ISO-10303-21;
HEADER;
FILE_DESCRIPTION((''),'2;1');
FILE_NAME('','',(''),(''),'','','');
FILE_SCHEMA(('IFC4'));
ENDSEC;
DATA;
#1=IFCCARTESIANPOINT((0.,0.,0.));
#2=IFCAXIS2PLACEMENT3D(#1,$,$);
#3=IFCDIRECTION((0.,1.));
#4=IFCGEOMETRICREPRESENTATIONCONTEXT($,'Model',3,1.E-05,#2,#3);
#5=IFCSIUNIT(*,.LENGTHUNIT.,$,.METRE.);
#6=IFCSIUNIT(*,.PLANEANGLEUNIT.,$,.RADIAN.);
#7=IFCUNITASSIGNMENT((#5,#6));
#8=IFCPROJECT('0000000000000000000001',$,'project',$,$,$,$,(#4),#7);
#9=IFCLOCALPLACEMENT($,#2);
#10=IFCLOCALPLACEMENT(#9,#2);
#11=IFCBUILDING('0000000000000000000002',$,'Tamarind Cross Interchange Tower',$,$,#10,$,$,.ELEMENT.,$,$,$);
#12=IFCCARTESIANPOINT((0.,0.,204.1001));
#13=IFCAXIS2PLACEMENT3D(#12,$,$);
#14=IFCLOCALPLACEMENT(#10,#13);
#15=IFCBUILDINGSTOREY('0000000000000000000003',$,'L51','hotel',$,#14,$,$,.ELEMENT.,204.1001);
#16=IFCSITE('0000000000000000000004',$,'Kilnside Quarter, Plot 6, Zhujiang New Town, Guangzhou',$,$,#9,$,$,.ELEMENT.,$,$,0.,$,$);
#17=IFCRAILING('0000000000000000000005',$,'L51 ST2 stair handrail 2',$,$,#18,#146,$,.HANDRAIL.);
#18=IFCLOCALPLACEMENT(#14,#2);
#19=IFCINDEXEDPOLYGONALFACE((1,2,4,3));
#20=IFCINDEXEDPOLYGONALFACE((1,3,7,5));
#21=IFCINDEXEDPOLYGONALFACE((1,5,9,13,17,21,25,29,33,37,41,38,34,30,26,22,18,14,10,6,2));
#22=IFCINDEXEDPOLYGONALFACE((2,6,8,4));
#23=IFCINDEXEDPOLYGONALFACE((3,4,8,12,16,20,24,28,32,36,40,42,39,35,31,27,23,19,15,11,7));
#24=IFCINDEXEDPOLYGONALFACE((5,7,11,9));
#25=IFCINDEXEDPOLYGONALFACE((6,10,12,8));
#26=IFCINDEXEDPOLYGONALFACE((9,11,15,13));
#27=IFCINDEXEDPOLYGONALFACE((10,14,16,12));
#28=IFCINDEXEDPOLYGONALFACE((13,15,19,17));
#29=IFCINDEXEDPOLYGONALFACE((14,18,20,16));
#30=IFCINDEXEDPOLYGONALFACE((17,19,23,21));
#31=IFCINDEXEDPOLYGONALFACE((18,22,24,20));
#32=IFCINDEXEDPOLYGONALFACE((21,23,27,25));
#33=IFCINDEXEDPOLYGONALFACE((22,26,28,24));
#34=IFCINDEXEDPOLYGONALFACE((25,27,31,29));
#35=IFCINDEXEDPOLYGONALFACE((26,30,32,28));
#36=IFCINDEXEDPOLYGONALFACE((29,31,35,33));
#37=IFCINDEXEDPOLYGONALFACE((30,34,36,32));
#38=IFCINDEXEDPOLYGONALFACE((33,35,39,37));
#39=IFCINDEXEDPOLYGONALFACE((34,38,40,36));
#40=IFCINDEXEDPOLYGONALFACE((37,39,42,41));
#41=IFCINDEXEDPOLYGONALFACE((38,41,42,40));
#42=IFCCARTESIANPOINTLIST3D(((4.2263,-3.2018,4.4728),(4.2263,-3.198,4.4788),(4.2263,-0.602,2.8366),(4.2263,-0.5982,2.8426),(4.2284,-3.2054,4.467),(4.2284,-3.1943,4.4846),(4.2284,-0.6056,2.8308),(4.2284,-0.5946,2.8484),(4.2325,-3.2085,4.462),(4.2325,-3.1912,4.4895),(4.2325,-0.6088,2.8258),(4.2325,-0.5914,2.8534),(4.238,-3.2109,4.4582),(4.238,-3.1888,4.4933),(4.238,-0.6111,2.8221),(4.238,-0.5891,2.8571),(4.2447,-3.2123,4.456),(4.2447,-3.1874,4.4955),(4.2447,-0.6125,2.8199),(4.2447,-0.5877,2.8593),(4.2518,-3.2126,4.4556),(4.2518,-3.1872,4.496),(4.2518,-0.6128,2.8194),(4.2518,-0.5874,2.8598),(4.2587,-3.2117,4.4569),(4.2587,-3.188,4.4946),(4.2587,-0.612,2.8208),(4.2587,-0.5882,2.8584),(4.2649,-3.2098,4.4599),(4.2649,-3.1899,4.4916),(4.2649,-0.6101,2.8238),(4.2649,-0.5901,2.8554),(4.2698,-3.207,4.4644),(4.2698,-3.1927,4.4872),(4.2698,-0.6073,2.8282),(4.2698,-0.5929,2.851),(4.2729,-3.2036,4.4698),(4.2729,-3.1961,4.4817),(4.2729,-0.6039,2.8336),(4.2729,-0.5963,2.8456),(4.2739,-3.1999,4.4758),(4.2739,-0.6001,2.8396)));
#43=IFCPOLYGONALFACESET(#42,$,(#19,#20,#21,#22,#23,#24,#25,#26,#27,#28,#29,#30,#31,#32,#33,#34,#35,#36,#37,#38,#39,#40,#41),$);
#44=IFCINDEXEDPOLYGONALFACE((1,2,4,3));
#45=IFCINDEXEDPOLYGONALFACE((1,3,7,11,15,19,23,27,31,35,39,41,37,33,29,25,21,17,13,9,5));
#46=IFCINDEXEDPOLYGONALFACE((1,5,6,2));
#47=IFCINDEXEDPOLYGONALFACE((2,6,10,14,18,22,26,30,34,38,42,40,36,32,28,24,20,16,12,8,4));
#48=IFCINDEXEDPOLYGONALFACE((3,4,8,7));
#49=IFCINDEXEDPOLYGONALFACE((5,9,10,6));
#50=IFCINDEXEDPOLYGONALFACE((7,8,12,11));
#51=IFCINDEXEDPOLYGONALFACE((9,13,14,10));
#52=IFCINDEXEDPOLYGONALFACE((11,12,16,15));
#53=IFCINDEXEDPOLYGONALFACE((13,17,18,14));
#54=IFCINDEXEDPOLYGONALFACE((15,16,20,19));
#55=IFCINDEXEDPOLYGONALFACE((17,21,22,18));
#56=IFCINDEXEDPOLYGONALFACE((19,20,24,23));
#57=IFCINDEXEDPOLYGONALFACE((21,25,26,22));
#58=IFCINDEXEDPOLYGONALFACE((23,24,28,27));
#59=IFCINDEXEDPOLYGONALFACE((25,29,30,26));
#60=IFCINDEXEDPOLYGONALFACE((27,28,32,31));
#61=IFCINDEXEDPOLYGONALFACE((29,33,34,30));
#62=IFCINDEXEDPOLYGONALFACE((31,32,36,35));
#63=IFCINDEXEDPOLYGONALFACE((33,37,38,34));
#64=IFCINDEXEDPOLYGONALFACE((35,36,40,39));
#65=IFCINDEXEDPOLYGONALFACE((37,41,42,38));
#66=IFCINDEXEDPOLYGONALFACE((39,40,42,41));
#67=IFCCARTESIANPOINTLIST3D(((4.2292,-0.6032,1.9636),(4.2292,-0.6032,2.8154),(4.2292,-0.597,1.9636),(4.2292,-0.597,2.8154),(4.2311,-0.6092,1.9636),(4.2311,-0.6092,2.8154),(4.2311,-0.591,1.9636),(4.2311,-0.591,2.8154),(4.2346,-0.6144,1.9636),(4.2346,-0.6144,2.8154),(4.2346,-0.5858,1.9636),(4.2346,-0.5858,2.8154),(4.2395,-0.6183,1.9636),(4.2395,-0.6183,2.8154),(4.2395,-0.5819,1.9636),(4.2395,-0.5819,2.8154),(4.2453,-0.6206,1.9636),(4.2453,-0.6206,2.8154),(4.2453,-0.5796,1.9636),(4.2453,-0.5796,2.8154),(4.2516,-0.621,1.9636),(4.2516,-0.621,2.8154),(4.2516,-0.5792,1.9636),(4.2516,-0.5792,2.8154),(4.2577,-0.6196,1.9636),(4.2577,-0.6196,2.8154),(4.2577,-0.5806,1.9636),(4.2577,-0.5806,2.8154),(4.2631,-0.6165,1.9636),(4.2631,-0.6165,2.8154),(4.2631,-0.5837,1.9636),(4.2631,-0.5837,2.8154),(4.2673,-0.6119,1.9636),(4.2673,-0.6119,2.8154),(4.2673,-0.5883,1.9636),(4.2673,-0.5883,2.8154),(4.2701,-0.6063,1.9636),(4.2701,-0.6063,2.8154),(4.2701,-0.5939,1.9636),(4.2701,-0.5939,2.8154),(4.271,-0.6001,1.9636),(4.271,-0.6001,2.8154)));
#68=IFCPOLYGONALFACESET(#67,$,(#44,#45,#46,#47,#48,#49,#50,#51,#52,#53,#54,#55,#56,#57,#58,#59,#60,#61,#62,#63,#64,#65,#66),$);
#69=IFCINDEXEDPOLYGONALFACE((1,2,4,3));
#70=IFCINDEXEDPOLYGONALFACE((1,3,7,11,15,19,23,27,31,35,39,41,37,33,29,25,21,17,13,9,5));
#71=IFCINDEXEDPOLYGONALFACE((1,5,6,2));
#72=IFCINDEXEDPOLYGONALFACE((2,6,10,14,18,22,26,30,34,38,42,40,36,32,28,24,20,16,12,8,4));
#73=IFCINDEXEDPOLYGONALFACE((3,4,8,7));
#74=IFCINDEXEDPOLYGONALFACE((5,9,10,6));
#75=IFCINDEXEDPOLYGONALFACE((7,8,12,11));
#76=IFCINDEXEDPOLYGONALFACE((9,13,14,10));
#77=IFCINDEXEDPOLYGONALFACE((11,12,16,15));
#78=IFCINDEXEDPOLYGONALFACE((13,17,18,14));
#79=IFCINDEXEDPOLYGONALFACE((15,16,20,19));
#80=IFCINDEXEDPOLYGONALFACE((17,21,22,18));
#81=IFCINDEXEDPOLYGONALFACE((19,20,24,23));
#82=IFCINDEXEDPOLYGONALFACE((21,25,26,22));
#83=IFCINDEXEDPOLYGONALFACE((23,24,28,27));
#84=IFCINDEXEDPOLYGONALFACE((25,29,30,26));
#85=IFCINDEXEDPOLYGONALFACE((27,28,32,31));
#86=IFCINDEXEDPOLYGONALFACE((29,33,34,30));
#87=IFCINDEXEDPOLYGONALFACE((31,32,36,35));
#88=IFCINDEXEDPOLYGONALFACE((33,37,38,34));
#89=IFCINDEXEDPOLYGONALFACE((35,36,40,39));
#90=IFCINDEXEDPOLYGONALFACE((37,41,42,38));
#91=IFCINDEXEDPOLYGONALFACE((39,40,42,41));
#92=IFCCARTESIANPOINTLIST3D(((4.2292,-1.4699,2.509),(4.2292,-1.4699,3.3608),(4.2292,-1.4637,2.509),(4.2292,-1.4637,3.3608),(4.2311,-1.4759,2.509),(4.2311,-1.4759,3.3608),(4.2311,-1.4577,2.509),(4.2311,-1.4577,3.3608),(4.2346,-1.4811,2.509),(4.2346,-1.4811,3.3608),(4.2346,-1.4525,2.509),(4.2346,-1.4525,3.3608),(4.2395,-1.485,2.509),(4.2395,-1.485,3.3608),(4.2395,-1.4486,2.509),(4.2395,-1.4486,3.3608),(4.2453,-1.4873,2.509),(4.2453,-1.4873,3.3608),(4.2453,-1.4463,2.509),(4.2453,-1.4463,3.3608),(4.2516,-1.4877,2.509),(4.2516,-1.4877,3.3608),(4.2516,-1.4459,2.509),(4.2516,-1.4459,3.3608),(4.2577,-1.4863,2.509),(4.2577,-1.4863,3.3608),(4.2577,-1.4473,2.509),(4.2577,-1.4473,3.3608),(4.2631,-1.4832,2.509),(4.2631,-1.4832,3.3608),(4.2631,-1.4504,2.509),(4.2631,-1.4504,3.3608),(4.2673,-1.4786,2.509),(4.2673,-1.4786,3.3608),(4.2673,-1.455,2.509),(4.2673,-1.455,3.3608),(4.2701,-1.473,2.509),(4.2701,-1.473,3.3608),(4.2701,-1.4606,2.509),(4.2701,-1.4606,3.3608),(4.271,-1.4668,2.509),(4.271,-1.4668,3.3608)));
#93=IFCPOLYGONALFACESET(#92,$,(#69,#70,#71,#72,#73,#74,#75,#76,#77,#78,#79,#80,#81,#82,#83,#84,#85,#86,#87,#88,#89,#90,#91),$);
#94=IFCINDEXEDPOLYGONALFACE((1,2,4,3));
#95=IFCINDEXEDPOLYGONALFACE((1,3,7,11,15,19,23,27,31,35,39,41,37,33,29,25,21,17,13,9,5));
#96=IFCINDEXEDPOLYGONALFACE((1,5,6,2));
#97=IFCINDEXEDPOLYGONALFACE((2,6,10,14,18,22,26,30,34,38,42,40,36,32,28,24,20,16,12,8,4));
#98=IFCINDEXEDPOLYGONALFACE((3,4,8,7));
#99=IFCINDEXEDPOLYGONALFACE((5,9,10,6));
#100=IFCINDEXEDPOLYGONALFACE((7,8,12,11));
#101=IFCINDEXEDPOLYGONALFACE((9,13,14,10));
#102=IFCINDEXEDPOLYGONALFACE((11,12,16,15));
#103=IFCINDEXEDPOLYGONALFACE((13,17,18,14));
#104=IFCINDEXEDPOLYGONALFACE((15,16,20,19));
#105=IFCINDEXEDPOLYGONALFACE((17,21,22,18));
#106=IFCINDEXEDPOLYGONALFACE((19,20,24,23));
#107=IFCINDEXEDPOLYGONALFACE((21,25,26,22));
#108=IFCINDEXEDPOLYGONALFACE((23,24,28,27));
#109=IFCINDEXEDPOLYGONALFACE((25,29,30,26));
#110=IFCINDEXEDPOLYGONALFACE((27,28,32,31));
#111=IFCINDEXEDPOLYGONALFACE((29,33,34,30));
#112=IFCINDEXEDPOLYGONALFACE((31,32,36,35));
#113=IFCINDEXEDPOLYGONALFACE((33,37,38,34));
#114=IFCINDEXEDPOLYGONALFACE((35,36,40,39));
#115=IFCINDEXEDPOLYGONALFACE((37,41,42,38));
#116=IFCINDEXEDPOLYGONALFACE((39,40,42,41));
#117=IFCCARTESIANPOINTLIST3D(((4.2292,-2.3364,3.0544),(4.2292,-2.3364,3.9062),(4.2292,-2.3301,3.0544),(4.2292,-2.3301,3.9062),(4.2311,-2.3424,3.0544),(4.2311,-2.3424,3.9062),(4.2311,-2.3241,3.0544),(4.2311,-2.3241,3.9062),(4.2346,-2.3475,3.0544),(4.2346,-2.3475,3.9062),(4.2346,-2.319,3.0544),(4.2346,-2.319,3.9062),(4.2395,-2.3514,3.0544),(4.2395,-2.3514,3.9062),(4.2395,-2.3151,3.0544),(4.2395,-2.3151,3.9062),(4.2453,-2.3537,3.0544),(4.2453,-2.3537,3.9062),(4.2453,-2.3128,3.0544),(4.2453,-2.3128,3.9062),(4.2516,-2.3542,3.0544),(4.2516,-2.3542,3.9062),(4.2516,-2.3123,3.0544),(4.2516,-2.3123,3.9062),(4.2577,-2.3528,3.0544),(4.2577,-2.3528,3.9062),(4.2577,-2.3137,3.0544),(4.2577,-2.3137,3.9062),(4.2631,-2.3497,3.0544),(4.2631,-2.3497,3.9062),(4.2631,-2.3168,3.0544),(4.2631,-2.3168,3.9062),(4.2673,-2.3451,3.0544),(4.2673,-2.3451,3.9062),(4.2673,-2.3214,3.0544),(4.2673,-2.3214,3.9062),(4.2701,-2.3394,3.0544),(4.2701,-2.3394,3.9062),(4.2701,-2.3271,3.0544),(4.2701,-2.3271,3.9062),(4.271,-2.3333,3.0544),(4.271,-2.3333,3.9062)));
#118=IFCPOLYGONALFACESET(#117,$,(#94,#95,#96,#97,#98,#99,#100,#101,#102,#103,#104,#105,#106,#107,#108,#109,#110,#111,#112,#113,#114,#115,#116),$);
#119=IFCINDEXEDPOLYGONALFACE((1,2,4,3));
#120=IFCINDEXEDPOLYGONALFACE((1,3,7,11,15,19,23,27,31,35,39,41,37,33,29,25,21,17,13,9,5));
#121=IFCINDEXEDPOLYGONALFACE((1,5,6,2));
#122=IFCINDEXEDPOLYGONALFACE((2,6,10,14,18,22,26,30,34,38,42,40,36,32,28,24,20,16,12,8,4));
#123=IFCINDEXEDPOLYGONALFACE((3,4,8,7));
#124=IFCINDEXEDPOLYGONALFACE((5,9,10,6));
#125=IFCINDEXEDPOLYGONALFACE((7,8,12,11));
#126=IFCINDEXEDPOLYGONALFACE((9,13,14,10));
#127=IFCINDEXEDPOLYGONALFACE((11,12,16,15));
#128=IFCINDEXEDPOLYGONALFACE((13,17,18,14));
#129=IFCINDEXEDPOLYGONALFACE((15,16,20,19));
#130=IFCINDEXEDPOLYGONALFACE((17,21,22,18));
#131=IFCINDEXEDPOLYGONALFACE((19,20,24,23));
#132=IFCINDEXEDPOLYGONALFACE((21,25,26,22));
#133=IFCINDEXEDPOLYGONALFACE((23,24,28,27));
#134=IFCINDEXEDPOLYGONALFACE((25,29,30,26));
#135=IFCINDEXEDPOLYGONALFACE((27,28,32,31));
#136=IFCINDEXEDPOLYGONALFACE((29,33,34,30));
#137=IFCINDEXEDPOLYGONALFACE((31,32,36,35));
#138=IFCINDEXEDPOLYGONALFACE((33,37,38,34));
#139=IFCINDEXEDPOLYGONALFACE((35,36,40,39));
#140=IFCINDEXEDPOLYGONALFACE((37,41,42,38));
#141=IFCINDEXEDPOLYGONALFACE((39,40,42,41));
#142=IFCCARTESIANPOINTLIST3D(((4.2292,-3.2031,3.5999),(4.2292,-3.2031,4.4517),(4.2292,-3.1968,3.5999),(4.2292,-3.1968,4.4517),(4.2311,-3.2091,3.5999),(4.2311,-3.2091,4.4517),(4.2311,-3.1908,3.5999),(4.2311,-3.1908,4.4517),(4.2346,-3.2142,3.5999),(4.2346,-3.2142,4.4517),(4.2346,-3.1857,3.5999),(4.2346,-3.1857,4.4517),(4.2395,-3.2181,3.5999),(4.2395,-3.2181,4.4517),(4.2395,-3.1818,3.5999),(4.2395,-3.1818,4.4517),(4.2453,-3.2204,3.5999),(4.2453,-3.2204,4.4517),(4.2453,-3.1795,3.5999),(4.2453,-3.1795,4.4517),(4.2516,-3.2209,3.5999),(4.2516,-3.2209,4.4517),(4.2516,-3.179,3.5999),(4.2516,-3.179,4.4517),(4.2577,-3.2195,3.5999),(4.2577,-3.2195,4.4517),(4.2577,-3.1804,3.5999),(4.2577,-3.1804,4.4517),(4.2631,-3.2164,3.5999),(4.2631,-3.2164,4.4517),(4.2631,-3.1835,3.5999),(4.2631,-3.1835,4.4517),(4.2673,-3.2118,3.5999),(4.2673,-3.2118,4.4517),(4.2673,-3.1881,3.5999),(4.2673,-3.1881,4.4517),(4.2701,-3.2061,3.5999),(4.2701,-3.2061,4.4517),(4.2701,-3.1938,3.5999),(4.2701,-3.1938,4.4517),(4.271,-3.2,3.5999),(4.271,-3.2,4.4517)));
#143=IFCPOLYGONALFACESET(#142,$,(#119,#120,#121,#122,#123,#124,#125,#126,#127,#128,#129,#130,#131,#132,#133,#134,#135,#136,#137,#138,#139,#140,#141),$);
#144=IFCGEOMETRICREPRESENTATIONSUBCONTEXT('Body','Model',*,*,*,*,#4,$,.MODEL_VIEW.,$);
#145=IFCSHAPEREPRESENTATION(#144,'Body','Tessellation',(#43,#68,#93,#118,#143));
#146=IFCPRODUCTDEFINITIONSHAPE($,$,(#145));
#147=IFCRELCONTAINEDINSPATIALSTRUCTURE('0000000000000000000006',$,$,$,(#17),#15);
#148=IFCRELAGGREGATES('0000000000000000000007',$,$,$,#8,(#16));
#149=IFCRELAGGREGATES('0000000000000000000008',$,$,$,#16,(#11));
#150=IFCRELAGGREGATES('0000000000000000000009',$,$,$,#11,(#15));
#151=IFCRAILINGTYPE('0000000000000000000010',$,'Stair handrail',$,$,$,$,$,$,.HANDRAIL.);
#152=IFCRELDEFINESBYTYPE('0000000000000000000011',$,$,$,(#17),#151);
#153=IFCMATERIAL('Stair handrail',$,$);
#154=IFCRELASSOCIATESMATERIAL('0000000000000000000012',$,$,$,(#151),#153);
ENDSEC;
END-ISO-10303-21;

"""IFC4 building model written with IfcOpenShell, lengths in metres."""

from ifc_helpers import new_model, si_unit, direction, frame, origin, origin_2d, place, context, subcontext, project, spatial, circle, extrude, material, type_object, element, save


model = new_model("IFC4")

# Units and contexts
model_context = context("Model", 3, precision=1e-05, world=origin(), true_north=direction((0.0, 1.0)))
body_context = subcontext(model_context, "Body", "Model", "MODEL_VIEW")
ifc_project = project(units=[si_unit("LENGTHUNIT", "METRE"), si_unit("PLANEANGLEUNIT", "RADIAN")], contexts=[model_context])

# Site, building, storey
site_placement = place(None, origin())
site = spatial("IfcSite", under=ifc_project, at=site_placement, Name="Kilnside Quarter, Plot 6, Zhujiang New Town, Guangzhou", CompositionType="ELEMENT", RefElevation=0.0)
building_placement = place(site_placement, origin())
building = spatial("IfcBuilding", under=site, at=building_placement, Name="Tamarind Cross Interchange Tower", CompositionType="ELEMENT")
storey_placement = place(building_placement, frame((0.0, 0.0, 204.1001)))
storey = spatial("IfcBuildingStorey", under=building, at=storey_placement, Name="L51", Description="hotel", CompositionType="ELEMENT", Elevation=204.1001)

# Railing
ifc_material_1 = material(Name="Stair handrail")
railing_type_1 = type_object("IfcRailingType", Name="Stair handrail", PredefinedType="HANDRAIL", material=ifc_material_1)
railing_1_placement = place(storey_placement, frame((4.25, -0.6001, 1.9636)))
element("IfcRailing", 1, at=railing_1_placement, inside=storey, type_object=railing_type_1, Name="L51 ST2 stair handrail 2", PredefinedType="HANDRAIL", context=body_context, shape_type="SweptSolid", body=[
    extrude(circle(Radius=0.0239, at=origin_2d()), frame((0.0, 0.0, 0.876), z_axis=(0.0, -0.846338, 0.532647), x_axis=(1.0, 0.0, 0.0)), (0.0, 0.0, 1.0), 3.0718),
    extrude(circle(Radius=0.021, at=origin_2d()), origin(), (0.0, 0.0, 1.0), 0.8518),
    extrude(circle(Radius=0.021, at=origin_2d()), frame((0.0, -0.8667, 0.5454)), (0.0, 0.0, 1.0), 0.8518),
    extrude(circle(Radius=0.021, at=origin_2d()), frame((0.0, -1.7332, 1.0908)), (0.0, 0.0, 1.0), 0.8518),
    extrude(circle(Radius=0.021, at=origin_2d()), frame((0.0, -2.5999, 1.6362)), (0.0, 0.0, 1.0), 0.8518),
])

save(model, "model.ifc")
